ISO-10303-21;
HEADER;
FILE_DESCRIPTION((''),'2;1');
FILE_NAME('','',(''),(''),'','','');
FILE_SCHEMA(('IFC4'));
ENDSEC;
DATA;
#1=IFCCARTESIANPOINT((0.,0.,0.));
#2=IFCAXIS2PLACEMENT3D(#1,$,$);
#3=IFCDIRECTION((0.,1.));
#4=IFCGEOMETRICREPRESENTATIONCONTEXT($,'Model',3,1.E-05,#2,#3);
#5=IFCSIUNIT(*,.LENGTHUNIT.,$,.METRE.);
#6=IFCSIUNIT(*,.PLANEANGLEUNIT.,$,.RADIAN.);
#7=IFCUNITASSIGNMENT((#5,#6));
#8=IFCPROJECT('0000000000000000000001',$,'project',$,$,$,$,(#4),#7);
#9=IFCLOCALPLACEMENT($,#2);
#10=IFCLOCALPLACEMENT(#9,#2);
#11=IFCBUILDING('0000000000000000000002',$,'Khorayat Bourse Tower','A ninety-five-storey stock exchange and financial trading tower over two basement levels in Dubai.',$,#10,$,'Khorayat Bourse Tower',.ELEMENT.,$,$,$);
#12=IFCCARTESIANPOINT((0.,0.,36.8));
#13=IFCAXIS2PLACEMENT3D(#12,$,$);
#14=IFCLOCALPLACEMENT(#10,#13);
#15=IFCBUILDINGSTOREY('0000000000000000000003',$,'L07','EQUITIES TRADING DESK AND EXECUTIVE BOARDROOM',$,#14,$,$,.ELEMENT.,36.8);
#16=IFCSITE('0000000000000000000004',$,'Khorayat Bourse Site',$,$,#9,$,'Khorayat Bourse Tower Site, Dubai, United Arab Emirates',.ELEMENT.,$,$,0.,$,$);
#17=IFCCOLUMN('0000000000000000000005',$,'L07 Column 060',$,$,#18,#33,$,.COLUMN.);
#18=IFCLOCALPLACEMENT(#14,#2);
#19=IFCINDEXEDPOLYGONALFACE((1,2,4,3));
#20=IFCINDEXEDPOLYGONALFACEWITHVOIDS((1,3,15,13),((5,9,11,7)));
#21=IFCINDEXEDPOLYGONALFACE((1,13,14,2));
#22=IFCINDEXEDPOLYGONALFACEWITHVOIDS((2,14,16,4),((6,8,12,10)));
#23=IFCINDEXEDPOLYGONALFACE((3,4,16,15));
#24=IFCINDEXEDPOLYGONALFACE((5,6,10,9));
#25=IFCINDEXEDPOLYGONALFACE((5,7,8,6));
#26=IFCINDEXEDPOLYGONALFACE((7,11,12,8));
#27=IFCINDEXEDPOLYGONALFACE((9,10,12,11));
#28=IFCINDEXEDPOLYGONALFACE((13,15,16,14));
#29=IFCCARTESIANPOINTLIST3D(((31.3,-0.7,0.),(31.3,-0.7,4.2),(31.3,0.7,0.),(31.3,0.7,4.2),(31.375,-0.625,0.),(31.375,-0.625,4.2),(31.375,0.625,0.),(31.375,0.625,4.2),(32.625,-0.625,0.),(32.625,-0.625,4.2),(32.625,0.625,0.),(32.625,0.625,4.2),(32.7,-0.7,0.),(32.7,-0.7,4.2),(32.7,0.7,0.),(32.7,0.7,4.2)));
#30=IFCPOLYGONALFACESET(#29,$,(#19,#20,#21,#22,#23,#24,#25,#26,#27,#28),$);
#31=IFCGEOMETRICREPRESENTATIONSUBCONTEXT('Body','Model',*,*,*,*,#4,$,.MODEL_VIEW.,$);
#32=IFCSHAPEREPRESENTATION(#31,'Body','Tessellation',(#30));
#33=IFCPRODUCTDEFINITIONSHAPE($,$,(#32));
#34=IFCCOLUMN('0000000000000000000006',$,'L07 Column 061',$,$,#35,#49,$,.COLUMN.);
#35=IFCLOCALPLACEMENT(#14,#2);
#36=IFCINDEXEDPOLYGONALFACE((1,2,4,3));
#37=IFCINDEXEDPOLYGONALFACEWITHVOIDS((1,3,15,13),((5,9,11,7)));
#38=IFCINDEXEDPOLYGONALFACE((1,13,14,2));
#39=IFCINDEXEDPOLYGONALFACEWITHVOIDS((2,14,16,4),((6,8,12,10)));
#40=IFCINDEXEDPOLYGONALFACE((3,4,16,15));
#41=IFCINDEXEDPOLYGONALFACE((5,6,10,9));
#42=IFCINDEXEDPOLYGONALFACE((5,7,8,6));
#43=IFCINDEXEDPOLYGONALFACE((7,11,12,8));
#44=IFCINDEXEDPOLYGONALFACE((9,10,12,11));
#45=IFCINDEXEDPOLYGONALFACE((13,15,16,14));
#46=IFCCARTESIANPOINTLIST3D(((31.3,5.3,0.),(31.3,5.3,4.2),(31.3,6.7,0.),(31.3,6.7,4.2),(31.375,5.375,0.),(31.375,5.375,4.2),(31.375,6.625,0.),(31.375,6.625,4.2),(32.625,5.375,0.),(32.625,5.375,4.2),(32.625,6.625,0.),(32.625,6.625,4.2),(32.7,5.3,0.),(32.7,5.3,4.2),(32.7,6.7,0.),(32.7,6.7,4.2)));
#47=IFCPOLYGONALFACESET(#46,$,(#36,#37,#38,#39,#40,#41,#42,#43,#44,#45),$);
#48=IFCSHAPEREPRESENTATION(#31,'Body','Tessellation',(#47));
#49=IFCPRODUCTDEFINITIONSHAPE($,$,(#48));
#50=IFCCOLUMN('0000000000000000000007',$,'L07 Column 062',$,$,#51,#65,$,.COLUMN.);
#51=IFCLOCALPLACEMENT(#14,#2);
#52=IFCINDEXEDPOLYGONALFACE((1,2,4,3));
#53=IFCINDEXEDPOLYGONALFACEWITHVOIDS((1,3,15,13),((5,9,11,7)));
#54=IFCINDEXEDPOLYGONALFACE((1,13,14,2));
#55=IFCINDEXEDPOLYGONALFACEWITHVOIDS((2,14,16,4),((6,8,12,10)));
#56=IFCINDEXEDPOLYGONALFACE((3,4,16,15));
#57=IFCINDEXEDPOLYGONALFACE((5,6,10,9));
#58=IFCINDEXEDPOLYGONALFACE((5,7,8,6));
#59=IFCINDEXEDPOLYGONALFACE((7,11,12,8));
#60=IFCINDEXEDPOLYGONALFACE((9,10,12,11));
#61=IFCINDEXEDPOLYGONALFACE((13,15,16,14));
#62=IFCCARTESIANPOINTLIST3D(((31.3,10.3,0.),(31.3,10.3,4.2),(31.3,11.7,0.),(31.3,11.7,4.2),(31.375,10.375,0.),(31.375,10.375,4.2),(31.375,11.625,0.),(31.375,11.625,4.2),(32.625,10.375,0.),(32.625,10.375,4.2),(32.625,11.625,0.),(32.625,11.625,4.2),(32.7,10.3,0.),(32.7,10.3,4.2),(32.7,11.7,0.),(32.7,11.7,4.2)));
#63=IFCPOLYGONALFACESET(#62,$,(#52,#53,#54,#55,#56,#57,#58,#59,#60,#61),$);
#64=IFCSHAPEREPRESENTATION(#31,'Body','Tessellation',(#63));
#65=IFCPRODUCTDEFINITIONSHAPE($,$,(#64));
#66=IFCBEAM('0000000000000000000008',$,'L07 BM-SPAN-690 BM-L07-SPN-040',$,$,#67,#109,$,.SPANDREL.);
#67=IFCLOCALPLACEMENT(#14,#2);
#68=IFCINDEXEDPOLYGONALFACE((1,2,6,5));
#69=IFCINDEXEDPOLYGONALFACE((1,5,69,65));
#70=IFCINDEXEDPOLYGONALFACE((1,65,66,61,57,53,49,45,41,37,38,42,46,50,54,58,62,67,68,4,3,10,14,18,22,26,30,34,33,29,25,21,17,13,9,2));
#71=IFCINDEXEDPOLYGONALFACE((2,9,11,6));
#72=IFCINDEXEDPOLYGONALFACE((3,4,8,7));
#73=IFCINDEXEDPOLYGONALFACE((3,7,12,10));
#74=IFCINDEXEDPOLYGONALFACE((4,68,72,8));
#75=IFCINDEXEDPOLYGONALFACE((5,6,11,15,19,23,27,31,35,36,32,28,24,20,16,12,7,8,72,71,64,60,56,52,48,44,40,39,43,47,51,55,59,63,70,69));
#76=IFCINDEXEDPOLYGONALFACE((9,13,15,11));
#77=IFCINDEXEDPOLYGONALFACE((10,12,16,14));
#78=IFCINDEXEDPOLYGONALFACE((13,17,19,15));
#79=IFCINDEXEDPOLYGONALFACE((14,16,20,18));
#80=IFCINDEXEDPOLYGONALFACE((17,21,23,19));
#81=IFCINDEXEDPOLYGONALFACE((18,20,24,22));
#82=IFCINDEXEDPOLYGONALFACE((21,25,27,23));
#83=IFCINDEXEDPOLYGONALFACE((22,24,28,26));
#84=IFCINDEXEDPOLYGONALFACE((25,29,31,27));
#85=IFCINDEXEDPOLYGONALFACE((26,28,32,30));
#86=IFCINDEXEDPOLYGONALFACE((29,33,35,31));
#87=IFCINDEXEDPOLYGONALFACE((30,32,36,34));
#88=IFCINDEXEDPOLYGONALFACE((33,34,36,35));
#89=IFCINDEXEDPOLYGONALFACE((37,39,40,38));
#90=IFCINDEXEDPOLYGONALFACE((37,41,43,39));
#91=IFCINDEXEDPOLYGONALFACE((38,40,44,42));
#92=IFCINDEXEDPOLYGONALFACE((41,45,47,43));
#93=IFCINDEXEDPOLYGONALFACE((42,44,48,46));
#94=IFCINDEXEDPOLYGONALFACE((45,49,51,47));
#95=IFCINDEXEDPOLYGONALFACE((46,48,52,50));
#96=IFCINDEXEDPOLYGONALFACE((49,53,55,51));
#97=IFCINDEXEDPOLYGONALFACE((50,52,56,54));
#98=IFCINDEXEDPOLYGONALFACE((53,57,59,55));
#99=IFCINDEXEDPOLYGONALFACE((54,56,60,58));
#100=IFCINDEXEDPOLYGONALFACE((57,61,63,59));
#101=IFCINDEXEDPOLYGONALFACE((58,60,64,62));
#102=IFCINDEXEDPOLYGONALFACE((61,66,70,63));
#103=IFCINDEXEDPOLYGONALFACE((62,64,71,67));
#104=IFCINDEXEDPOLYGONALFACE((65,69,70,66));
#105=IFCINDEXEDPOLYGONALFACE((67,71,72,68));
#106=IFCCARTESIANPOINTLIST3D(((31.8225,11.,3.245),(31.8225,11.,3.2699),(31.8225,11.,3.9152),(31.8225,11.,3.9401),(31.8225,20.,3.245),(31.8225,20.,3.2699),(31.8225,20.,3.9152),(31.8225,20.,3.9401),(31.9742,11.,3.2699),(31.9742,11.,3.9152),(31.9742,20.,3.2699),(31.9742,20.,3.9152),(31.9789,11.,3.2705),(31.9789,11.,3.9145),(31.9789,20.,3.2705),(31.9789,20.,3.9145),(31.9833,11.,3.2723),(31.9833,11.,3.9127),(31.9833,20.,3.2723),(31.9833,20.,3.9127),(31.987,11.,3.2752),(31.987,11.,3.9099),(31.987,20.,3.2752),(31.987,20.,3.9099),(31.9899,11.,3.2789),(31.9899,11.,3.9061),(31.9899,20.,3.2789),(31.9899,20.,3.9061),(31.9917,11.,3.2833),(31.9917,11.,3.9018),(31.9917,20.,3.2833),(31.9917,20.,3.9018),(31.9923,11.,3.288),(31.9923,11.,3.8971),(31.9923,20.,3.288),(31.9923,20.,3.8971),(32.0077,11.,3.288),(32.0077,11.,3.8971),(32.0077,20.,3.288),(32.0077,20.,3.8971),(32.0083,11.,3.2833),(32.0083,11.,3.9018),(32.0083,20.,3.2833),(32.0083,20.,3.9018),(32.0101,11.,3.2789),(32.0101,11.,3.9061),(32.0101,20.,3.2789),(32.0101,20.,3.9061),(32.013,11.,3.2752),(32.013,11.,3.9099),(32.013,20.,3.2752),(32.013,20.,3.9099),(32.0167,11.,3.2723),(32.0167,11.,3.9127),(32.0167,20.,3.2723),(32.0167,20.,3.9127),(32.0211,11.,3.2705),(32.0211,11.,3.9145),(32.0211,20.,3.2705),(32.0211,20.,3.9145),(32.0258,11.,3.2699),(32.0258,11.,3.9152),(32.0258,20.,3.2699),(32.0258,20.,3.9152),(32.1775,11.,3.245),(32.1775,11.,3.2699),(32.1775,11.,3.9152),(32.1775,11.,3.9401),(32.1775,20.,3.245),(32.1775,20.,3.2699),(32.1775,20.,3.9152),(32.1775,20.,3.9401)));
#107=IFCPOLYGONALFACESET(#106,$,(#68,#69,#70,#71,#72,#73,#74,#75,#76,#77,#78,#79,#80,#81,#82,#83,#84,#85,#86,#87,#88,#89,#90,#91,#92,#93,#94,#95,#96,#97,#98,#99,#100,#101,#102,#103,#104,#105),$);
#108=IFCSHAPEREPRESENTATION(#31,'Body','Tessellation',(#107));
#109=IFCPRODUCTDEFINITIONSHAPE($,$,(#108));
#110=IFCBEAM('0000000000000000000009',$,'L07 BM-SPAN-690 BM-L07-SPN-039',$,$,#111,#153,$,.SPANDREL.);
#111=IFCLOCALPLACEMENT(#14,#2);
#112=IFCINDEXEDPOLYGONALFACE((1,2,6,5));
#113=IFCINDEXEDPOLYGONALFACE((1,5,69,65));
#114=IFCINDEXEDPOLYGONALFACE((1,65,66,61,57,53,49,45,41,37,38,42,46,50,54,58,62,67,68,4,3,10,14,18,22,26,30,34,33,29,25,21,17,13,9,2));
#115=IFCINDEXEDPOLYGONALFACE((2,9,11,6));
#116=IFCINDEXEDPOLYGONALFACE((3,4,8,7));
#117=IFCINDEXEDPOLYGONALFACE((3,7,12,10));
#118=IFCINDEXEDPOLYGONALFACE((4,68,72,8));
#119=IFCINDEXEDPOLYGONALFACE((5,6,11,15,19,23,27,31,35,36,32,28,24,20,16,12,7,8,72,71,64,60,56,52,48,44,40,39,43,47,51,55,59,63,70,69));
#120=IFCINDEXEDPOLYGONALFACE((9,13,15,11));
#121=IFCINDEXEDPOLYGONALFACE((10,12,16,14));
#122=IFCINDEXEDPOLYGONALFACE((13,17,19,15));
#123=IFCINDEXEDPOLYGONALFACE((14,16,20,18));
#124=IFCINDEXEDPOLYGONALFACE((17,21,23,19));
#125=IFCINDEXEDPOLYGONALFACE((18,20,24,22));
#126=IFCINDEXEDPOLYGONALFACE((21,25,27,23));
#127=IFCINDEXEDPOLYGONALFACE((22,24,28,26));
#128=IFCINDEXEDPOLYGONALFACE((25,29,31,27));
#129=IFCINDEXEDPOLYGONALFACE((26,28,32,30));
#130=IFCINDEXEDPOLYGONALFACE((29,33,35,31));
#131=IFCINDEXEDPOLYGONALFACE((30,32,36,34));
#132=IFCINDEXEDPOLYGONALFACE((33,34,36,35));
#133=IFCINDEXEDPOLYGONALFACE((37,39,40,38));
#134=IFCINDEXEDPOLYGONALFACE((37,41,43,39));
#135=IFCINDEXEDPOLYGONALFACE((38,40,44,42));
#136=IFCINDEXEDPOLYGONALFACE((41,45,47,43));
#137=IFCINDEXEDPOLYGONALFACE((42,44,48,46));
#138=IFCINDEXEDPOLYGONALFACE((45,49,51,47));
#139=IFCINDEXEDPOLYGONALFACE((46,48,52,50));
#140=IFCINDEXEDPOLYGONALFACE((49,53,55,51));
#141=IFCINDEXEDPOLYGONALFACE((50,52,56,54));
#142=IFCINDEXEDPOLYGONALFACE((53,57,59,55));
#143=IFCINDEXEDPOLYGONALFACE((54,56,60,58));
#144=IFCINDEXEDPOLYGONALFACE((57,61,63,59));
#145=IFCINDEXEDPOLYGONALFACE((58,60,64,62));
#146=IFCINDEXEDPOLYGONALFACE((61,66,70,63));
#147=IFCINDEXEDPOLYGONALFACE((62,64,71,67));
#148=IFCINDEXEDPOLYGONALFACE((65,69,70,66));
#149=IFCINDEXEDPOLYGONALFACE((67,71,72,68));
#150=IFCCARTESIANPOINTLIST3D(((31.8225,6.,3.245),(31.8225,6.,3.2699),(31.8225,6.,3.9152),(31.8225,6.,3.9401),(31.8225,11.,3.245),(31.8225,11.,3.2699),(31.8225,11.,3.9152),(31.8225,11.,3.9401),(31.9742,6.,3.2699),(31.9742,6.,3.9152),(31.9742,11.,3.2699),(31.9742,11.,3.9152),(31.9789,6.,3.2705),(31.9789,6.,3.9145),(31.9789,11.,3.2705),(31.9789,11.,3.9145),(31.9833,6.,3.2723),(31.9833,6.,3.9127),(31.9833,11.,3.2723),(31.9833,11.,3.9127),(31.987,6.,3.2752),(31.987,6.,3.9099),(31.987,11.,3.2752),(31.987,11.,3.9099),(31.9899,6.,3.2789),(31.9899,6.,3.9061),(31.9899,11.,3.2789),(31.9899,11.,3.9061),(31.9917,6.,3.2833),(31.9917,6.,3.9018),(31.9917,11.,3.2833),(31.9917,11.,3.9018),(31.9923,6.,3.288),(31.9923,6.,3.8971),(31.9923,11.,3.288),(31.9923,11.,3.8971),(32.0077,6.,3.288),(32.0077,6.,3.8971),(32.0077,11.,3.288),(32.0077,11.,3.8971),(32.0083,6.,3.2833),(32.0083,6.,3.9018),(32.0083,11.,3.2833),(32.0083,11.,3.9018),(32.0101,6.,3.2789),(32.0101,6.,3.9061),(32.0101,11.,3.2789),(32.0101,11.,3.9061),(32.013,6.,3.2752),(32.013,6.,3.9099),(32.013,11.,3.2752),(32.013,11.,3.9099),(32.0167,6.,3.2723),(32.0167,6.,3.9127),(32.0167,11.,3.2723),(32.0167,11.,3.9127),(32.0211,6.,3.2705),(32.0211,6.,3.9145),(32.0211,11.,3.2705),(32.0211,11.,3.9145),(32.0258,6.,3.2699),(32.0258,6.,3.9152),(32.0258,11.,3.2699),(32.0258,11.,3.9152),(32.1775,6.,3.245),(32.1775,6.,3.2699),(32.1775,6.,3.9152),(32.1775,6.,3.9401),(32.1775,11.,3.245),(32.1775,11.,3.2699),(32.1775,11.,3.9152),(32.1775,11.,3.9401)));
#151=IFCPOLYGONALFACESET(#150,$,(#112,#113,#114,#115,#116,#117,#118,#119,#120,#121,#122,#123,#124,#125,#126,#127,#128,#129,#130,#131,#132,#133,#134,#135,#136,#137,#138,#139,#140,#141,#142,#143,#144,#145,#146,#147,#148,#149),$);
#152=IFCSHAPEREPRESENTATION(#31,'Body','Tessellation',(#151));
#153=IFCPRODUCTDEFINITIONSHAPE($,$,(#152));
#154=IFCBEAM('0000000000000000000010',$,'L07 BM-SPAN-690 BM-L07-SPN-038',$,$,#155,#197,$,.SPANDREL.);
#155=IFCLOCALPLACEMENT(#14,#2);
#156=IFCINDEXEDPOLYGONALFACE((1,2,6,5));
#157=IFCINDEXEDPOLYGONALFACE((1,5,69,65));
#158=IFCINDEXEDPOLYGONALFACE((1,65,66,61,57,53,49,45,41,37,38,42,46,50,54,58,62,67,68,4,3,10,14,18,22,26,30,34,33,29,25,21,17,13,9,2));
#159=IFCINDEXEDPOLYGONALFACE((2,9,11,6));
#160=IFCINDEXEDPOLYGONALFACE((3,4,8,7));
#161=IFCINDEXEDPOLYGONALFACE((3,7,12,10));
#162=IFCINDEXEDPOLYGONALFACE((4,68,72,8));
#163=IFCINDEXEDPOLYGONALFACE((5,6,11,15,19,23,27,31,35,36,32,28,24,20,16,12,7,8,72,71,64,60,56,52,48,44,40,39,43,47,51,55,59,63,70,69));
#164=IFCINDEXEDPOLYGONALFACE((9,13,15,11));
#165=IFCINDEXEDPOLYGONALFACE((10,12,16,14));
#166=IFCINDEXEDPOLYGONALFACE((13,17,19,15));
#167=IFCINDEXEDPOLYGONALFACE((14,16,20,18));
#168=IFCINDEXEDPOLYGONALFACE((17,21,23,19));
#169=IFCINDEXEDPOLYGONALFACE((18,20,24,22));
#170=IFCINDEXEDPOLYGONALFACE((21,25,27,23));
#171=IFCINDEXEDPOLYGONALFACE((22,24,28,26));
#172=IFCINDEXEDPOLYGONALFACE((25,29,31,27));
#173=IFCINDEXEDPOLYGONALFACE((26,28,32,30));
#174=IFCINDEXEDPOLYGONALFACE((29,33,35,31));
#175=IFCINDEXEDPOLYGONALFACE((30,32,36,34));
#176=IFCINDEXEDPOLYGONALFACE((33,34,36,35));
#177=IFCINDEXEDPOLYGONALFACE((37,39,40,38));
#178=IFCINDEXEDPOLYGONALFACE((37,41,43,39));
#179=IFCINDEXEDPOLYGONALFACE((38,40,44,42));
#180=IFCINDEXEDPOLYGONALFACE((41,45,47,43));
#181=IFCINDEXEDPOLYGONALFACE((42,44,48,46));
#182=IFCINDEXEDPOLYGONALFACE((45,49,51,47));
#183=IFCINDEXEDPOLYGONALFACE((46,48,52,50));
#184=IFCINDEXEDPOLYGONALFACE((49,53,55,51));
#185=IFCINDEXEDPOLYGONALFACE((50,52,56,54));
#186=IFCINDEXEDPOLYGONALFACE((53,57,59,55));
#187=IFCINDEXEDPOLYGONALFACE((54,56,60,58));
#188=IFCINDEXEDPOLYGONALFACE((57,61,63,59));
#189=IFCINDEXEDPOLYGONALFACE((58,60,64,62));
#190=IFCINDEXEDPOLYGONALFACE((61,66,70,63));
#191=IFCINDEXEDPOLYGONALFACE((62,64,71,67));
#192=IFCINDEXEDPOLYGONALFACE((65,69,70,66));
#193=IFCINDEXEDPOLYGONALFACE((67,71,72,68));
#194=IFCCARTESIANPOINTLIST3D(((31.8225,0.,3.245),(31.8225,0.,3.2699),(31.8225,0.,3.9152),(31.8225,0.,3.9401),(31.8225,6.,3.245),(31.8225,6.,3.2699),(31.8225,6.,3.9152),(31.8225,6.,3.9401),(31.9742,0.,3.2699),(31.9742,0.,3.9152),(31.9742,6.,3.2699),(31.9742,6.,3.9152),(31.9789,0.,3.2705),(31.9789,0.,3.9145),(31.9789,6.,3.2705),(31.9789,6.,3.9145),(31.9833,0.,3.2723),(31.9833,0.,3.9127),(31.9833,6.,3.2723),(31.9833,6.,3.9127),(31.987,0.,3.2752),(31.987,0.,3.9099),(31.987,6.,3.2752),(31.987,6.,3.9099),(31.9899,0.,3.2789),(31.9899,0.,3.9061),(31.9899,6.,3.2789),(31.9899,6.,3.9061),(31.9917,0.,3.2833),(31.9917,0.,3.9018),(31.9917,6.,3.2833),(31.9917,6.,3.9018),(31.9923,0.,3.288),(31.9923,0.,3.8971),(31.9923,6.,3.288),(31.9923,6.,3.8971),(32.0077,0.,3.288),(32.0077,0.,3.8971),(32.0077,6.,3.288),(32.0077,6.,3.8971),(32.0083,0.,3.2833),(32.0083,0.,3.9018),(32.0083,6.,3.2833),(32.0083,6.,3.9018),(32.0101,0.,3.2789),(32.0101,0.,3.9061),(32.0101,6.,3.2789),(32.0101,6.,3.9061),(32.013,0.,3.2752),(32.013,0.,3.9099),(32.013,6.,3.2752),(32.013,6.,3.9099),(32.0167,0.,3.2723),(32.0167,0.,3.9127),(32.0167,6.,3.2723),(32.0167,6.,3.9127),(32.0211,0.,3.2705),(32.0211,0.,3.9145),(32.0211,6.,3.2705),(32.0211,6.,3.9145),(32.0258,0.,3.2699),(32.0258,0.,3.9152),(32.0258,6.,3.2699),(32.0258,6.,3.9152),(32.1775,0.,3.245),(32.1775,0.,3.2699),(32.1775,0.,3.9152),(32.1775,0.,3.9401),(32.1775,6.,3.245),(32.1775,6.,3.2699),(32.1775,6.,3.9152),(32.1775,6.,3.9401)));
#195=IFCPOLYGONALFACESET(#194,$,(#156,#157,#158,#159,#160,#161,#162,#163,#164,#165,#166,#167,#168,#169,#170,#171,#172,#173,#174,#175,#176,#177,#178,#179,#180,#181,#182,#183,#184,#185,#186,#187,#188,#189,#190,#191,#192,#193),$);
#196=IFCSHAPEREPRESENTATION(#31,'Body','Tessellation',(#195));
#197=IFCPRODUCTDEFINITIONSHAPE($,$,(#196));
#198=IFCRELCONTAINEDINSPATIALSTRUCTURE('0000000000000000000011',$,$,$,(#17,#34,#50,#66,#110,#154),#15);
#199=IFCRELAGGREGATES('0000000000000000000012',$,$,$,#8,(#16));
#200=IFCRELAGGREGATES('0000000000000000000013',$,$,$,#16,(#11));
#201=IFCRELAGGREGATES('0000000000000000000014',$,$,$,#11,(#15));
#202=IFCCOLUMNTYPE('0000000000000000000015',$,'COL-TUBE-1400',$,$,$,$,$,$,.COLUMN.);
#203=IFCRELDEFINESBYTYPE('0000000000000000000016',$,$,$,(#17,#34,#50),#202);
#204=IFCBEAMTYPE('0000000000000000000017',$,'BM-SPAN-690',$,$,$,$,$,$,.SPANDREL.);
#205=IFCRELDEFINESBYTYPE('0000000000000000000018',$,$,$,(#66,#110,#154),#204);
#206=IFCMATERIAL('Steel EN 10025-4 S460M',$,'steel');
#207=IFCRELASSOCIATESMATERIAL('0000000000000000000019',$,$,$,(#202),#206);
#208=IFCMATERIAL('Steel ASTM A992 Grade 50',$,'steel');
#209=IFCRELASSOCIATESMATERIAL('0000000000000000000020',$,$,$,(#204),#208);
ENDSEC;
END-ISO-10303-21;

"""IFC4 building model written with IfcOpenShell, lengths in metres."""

from ifc_helpers import new_model, si_unit, direction, frame, origin, origin_2d, place, context, subcontext, project, spatial, hollow_rectangle, i_section, extrude, source, transform, mapped, material, material_profile, profile_set, type_object, element, save


model = new_model("IFC4")

# Units and contexts
model_context = context("Model", 3, precision=1e-05, world=origin(), true_north=direction((0.0, 1.0)))
body_context = subcontext(model_context, "Body", "Model", "MODEL_VIEW")
ifc_project = project(units=[si_unit("LENGTHUNIT", "METRE"), si_unit("PLANEANGLEUNIT", "RADIAN")], contexts=[model_context])

# Site, building, storey
site_placement = place(None, origin())
site = spatial("IfcSite", under=ifc_project, at=site_placement, Name="Khorayat Bourse Site", LongName="Khorayat Bourse Tower Site, Dubai, United Arab Emirates", CompositionType="ELEMENT", RefElevation=0.0)
building_placement = place(site_placement, origin())
building = spatial("IfcBuilding", under=site, at=building_placement, Name="Khorayat Bourse Tower", Description="A ninety-five-storey stock exchange and financial trading tower over two basement levels in Dubai.", LongName="Khorayat Bourse Tower", CompositionType="ELEMENT")
storey_placement = place(building_placement, frame((0.0, 0.0, 36.8)))
storey = spatial("IfcBuildingStorey", under=building, at=storey_placement, Name="L07", Description="EQUITIES TRADING DESK AND EXECUTIVE BOARDROOM", CompositionType="ELEMENT", Elevation=36.8)

# Columns
ifc_material_1 = material(Name="Steel EN 10025-4 S460M", Category="steel")
ifc_material_profile_1 = material_profile(ifc_material_1, hollow_rectangle(XDim=1.3999, YDim=1.3999, WallThickness=0.075, at=origin_2d()), Name="BOX 1400x1400x75")
ifc_profile_set_1 = profile_set([ifc_material_profile_1], Name="Steel EN 10025-4 S460M")
column_type = type_object("IfcColumnType", Name="COL-TUBE-1400", PredefinedType="COLUMN", material=ifc_profile_set_1)
shared_shape_1 = source(origin(), body_context, "Body", "SweptSolid", [
    extrude(hollow_rectangle(XDim=1.3999, YDim=1.3999, WallThickness=0.075, at=origin_2d()), origin(), (0.0, 0.0, 1.0), 4.2),
])
for number, where, z_axis, x_axis, name in (
    (1, (32.0, 0.0, 0.0), (0.0, 0.0, 1.0), (1.0, 0.0, 0.0), "L07 Column 060"),
    (2, (32.0, 6.0, 0.0), (0.0, 0.0, 1.0), (1.0, 0.0, 0.0), "L07 Column 061"),
    (3, (32.0, 11.0, 0.0), (0.0, 0.0, 1.0), (1.0, 0.0, 0.0), "L07 Column 062"),
):
    element("IfcColumn", number, at=place(storey_placement, frame(where, z_axis=z_axis, x_axis=x_axis)), inside=storey, type_object=column_type, Name=name, PredefinedType="COLUMN", context=body_context, shape_type="MappedRepresentation", body=[
        mapped(shared_shape_1, transform((0.0, 0.0, 0.0), scale=1.0)),
    ])

# Beams
ifc_material_2 = material(Name="Steel ASTM A992 Grade 50", Category="steel")
ifc_material_profile_2 = material_profile(ifc_material_2, i_section(OverallWidth=0.355, OverallDepth=0.6951, WebThickness=0.0154, FlangeThickness=0.0249, FilletRadius=0.0181, at=origin_2d()), Name="W690X217")
ifc_profile_set_2 = profile_set([ifc_material_profile_2], Name="Steel ASTM A992 Grade 50")
beam_type_1 = type_object("IfcBeamType", Name="BM-SPAN-690", PredefinedType="SPANDREL", material=ifc_profile_set_2)
shared_shape_2 = source(origin(), body_context, "Body", "SweptSolid", [
    extrude(i_section(OverallWidth=0.355, OverallDepth=0.6951, WebThickness=0.0154, FlangeThickness=0.0249, FilletRadius=0.0181, at=origin_2d()), origin(), (0.0, 0.0, 1.0), 9.0),
])
beam_1_placement = place(storey_placement, frame((32.0, 11.0, 3.5925), z_axis=(0.0, 1.0, 0.0), x_axis=(-1.0, 0.0, 0.0)))
element("IfcBeam", 4, at=beam_1_placement, inside=storey, type_object=beam_type_1, Name="L07 BM-SPAN-690 BM-L07-SPN-040", PredefinedType="SPANDREL", context=body_context, shape_type="MappedRepresentation", body=[
    mapped(shared_shape_2, transform((0.0, 0.0, 0.0), scale=1.0)),
])
shared_shape_3 = source(origin(), body_context, "Body", "SweptSolid", [
    extrude(i_section(OverallWidth=0.355, OverallDepth=0.6951, WebThickness=0.0154, FlangeThickness=0.0249, FilletRadius=0.0181, at=origin_2d()), origin(), (0.0, 0.0, 1.0), 5.0),
])
beam_2_placement = place(storey_placement, frame((32.0, 6.0, 3.5925), z_axis=(0.0, 1.0, 0.0), x_axis=(-1.0, 0.0, 0.0)))
element("IfcBeam", 5, at=beam_2_placement, inside=storey, type_object=beam_type_1, Name="L07 BM-SPAN-690 BM-L07-SPN-039", PredefinedType="SPANDREL", context=body_context, shape_type="MappedRepresentation", body=[
    mapped(shared_shape_3, transform((0.0, 0.0, 0.0), scale=1.0)),
])
shared_shape_4 = source(origin(), body_context, "Body", "SweptSolid", [
    extrude(i_section(OverallWidth=0.355, OverallDepth=0.6951, WebThickness=0.0154, FlangeThickness=0.0249, FilletRadius=0.0181, at=origin_2d()), origin(), (0.0, 0.0, 1.0), 6.0),
])
beam_3_placement = place(storey_placement, frame((32.0, 0.0, 3.5925), z_axis=(0.0, 1.0, 0.0), x_axis=(-1.0, 0.0, 0.0)))
element("IfcBeam", 6, at=beam_3_placement, inside=storey, type_object=beam_type_1, Name="L07 BM-SPAN-690 BM-L07-SPN-038", PredefinedType="SPANDREL", context=body_context, shape_type="MappedRepresentation", body=[
    mapped(shared_shape_4, transform((0.0, 0.0, 0.0), scale=1.0)),
])

save(model, "model.ifc")
